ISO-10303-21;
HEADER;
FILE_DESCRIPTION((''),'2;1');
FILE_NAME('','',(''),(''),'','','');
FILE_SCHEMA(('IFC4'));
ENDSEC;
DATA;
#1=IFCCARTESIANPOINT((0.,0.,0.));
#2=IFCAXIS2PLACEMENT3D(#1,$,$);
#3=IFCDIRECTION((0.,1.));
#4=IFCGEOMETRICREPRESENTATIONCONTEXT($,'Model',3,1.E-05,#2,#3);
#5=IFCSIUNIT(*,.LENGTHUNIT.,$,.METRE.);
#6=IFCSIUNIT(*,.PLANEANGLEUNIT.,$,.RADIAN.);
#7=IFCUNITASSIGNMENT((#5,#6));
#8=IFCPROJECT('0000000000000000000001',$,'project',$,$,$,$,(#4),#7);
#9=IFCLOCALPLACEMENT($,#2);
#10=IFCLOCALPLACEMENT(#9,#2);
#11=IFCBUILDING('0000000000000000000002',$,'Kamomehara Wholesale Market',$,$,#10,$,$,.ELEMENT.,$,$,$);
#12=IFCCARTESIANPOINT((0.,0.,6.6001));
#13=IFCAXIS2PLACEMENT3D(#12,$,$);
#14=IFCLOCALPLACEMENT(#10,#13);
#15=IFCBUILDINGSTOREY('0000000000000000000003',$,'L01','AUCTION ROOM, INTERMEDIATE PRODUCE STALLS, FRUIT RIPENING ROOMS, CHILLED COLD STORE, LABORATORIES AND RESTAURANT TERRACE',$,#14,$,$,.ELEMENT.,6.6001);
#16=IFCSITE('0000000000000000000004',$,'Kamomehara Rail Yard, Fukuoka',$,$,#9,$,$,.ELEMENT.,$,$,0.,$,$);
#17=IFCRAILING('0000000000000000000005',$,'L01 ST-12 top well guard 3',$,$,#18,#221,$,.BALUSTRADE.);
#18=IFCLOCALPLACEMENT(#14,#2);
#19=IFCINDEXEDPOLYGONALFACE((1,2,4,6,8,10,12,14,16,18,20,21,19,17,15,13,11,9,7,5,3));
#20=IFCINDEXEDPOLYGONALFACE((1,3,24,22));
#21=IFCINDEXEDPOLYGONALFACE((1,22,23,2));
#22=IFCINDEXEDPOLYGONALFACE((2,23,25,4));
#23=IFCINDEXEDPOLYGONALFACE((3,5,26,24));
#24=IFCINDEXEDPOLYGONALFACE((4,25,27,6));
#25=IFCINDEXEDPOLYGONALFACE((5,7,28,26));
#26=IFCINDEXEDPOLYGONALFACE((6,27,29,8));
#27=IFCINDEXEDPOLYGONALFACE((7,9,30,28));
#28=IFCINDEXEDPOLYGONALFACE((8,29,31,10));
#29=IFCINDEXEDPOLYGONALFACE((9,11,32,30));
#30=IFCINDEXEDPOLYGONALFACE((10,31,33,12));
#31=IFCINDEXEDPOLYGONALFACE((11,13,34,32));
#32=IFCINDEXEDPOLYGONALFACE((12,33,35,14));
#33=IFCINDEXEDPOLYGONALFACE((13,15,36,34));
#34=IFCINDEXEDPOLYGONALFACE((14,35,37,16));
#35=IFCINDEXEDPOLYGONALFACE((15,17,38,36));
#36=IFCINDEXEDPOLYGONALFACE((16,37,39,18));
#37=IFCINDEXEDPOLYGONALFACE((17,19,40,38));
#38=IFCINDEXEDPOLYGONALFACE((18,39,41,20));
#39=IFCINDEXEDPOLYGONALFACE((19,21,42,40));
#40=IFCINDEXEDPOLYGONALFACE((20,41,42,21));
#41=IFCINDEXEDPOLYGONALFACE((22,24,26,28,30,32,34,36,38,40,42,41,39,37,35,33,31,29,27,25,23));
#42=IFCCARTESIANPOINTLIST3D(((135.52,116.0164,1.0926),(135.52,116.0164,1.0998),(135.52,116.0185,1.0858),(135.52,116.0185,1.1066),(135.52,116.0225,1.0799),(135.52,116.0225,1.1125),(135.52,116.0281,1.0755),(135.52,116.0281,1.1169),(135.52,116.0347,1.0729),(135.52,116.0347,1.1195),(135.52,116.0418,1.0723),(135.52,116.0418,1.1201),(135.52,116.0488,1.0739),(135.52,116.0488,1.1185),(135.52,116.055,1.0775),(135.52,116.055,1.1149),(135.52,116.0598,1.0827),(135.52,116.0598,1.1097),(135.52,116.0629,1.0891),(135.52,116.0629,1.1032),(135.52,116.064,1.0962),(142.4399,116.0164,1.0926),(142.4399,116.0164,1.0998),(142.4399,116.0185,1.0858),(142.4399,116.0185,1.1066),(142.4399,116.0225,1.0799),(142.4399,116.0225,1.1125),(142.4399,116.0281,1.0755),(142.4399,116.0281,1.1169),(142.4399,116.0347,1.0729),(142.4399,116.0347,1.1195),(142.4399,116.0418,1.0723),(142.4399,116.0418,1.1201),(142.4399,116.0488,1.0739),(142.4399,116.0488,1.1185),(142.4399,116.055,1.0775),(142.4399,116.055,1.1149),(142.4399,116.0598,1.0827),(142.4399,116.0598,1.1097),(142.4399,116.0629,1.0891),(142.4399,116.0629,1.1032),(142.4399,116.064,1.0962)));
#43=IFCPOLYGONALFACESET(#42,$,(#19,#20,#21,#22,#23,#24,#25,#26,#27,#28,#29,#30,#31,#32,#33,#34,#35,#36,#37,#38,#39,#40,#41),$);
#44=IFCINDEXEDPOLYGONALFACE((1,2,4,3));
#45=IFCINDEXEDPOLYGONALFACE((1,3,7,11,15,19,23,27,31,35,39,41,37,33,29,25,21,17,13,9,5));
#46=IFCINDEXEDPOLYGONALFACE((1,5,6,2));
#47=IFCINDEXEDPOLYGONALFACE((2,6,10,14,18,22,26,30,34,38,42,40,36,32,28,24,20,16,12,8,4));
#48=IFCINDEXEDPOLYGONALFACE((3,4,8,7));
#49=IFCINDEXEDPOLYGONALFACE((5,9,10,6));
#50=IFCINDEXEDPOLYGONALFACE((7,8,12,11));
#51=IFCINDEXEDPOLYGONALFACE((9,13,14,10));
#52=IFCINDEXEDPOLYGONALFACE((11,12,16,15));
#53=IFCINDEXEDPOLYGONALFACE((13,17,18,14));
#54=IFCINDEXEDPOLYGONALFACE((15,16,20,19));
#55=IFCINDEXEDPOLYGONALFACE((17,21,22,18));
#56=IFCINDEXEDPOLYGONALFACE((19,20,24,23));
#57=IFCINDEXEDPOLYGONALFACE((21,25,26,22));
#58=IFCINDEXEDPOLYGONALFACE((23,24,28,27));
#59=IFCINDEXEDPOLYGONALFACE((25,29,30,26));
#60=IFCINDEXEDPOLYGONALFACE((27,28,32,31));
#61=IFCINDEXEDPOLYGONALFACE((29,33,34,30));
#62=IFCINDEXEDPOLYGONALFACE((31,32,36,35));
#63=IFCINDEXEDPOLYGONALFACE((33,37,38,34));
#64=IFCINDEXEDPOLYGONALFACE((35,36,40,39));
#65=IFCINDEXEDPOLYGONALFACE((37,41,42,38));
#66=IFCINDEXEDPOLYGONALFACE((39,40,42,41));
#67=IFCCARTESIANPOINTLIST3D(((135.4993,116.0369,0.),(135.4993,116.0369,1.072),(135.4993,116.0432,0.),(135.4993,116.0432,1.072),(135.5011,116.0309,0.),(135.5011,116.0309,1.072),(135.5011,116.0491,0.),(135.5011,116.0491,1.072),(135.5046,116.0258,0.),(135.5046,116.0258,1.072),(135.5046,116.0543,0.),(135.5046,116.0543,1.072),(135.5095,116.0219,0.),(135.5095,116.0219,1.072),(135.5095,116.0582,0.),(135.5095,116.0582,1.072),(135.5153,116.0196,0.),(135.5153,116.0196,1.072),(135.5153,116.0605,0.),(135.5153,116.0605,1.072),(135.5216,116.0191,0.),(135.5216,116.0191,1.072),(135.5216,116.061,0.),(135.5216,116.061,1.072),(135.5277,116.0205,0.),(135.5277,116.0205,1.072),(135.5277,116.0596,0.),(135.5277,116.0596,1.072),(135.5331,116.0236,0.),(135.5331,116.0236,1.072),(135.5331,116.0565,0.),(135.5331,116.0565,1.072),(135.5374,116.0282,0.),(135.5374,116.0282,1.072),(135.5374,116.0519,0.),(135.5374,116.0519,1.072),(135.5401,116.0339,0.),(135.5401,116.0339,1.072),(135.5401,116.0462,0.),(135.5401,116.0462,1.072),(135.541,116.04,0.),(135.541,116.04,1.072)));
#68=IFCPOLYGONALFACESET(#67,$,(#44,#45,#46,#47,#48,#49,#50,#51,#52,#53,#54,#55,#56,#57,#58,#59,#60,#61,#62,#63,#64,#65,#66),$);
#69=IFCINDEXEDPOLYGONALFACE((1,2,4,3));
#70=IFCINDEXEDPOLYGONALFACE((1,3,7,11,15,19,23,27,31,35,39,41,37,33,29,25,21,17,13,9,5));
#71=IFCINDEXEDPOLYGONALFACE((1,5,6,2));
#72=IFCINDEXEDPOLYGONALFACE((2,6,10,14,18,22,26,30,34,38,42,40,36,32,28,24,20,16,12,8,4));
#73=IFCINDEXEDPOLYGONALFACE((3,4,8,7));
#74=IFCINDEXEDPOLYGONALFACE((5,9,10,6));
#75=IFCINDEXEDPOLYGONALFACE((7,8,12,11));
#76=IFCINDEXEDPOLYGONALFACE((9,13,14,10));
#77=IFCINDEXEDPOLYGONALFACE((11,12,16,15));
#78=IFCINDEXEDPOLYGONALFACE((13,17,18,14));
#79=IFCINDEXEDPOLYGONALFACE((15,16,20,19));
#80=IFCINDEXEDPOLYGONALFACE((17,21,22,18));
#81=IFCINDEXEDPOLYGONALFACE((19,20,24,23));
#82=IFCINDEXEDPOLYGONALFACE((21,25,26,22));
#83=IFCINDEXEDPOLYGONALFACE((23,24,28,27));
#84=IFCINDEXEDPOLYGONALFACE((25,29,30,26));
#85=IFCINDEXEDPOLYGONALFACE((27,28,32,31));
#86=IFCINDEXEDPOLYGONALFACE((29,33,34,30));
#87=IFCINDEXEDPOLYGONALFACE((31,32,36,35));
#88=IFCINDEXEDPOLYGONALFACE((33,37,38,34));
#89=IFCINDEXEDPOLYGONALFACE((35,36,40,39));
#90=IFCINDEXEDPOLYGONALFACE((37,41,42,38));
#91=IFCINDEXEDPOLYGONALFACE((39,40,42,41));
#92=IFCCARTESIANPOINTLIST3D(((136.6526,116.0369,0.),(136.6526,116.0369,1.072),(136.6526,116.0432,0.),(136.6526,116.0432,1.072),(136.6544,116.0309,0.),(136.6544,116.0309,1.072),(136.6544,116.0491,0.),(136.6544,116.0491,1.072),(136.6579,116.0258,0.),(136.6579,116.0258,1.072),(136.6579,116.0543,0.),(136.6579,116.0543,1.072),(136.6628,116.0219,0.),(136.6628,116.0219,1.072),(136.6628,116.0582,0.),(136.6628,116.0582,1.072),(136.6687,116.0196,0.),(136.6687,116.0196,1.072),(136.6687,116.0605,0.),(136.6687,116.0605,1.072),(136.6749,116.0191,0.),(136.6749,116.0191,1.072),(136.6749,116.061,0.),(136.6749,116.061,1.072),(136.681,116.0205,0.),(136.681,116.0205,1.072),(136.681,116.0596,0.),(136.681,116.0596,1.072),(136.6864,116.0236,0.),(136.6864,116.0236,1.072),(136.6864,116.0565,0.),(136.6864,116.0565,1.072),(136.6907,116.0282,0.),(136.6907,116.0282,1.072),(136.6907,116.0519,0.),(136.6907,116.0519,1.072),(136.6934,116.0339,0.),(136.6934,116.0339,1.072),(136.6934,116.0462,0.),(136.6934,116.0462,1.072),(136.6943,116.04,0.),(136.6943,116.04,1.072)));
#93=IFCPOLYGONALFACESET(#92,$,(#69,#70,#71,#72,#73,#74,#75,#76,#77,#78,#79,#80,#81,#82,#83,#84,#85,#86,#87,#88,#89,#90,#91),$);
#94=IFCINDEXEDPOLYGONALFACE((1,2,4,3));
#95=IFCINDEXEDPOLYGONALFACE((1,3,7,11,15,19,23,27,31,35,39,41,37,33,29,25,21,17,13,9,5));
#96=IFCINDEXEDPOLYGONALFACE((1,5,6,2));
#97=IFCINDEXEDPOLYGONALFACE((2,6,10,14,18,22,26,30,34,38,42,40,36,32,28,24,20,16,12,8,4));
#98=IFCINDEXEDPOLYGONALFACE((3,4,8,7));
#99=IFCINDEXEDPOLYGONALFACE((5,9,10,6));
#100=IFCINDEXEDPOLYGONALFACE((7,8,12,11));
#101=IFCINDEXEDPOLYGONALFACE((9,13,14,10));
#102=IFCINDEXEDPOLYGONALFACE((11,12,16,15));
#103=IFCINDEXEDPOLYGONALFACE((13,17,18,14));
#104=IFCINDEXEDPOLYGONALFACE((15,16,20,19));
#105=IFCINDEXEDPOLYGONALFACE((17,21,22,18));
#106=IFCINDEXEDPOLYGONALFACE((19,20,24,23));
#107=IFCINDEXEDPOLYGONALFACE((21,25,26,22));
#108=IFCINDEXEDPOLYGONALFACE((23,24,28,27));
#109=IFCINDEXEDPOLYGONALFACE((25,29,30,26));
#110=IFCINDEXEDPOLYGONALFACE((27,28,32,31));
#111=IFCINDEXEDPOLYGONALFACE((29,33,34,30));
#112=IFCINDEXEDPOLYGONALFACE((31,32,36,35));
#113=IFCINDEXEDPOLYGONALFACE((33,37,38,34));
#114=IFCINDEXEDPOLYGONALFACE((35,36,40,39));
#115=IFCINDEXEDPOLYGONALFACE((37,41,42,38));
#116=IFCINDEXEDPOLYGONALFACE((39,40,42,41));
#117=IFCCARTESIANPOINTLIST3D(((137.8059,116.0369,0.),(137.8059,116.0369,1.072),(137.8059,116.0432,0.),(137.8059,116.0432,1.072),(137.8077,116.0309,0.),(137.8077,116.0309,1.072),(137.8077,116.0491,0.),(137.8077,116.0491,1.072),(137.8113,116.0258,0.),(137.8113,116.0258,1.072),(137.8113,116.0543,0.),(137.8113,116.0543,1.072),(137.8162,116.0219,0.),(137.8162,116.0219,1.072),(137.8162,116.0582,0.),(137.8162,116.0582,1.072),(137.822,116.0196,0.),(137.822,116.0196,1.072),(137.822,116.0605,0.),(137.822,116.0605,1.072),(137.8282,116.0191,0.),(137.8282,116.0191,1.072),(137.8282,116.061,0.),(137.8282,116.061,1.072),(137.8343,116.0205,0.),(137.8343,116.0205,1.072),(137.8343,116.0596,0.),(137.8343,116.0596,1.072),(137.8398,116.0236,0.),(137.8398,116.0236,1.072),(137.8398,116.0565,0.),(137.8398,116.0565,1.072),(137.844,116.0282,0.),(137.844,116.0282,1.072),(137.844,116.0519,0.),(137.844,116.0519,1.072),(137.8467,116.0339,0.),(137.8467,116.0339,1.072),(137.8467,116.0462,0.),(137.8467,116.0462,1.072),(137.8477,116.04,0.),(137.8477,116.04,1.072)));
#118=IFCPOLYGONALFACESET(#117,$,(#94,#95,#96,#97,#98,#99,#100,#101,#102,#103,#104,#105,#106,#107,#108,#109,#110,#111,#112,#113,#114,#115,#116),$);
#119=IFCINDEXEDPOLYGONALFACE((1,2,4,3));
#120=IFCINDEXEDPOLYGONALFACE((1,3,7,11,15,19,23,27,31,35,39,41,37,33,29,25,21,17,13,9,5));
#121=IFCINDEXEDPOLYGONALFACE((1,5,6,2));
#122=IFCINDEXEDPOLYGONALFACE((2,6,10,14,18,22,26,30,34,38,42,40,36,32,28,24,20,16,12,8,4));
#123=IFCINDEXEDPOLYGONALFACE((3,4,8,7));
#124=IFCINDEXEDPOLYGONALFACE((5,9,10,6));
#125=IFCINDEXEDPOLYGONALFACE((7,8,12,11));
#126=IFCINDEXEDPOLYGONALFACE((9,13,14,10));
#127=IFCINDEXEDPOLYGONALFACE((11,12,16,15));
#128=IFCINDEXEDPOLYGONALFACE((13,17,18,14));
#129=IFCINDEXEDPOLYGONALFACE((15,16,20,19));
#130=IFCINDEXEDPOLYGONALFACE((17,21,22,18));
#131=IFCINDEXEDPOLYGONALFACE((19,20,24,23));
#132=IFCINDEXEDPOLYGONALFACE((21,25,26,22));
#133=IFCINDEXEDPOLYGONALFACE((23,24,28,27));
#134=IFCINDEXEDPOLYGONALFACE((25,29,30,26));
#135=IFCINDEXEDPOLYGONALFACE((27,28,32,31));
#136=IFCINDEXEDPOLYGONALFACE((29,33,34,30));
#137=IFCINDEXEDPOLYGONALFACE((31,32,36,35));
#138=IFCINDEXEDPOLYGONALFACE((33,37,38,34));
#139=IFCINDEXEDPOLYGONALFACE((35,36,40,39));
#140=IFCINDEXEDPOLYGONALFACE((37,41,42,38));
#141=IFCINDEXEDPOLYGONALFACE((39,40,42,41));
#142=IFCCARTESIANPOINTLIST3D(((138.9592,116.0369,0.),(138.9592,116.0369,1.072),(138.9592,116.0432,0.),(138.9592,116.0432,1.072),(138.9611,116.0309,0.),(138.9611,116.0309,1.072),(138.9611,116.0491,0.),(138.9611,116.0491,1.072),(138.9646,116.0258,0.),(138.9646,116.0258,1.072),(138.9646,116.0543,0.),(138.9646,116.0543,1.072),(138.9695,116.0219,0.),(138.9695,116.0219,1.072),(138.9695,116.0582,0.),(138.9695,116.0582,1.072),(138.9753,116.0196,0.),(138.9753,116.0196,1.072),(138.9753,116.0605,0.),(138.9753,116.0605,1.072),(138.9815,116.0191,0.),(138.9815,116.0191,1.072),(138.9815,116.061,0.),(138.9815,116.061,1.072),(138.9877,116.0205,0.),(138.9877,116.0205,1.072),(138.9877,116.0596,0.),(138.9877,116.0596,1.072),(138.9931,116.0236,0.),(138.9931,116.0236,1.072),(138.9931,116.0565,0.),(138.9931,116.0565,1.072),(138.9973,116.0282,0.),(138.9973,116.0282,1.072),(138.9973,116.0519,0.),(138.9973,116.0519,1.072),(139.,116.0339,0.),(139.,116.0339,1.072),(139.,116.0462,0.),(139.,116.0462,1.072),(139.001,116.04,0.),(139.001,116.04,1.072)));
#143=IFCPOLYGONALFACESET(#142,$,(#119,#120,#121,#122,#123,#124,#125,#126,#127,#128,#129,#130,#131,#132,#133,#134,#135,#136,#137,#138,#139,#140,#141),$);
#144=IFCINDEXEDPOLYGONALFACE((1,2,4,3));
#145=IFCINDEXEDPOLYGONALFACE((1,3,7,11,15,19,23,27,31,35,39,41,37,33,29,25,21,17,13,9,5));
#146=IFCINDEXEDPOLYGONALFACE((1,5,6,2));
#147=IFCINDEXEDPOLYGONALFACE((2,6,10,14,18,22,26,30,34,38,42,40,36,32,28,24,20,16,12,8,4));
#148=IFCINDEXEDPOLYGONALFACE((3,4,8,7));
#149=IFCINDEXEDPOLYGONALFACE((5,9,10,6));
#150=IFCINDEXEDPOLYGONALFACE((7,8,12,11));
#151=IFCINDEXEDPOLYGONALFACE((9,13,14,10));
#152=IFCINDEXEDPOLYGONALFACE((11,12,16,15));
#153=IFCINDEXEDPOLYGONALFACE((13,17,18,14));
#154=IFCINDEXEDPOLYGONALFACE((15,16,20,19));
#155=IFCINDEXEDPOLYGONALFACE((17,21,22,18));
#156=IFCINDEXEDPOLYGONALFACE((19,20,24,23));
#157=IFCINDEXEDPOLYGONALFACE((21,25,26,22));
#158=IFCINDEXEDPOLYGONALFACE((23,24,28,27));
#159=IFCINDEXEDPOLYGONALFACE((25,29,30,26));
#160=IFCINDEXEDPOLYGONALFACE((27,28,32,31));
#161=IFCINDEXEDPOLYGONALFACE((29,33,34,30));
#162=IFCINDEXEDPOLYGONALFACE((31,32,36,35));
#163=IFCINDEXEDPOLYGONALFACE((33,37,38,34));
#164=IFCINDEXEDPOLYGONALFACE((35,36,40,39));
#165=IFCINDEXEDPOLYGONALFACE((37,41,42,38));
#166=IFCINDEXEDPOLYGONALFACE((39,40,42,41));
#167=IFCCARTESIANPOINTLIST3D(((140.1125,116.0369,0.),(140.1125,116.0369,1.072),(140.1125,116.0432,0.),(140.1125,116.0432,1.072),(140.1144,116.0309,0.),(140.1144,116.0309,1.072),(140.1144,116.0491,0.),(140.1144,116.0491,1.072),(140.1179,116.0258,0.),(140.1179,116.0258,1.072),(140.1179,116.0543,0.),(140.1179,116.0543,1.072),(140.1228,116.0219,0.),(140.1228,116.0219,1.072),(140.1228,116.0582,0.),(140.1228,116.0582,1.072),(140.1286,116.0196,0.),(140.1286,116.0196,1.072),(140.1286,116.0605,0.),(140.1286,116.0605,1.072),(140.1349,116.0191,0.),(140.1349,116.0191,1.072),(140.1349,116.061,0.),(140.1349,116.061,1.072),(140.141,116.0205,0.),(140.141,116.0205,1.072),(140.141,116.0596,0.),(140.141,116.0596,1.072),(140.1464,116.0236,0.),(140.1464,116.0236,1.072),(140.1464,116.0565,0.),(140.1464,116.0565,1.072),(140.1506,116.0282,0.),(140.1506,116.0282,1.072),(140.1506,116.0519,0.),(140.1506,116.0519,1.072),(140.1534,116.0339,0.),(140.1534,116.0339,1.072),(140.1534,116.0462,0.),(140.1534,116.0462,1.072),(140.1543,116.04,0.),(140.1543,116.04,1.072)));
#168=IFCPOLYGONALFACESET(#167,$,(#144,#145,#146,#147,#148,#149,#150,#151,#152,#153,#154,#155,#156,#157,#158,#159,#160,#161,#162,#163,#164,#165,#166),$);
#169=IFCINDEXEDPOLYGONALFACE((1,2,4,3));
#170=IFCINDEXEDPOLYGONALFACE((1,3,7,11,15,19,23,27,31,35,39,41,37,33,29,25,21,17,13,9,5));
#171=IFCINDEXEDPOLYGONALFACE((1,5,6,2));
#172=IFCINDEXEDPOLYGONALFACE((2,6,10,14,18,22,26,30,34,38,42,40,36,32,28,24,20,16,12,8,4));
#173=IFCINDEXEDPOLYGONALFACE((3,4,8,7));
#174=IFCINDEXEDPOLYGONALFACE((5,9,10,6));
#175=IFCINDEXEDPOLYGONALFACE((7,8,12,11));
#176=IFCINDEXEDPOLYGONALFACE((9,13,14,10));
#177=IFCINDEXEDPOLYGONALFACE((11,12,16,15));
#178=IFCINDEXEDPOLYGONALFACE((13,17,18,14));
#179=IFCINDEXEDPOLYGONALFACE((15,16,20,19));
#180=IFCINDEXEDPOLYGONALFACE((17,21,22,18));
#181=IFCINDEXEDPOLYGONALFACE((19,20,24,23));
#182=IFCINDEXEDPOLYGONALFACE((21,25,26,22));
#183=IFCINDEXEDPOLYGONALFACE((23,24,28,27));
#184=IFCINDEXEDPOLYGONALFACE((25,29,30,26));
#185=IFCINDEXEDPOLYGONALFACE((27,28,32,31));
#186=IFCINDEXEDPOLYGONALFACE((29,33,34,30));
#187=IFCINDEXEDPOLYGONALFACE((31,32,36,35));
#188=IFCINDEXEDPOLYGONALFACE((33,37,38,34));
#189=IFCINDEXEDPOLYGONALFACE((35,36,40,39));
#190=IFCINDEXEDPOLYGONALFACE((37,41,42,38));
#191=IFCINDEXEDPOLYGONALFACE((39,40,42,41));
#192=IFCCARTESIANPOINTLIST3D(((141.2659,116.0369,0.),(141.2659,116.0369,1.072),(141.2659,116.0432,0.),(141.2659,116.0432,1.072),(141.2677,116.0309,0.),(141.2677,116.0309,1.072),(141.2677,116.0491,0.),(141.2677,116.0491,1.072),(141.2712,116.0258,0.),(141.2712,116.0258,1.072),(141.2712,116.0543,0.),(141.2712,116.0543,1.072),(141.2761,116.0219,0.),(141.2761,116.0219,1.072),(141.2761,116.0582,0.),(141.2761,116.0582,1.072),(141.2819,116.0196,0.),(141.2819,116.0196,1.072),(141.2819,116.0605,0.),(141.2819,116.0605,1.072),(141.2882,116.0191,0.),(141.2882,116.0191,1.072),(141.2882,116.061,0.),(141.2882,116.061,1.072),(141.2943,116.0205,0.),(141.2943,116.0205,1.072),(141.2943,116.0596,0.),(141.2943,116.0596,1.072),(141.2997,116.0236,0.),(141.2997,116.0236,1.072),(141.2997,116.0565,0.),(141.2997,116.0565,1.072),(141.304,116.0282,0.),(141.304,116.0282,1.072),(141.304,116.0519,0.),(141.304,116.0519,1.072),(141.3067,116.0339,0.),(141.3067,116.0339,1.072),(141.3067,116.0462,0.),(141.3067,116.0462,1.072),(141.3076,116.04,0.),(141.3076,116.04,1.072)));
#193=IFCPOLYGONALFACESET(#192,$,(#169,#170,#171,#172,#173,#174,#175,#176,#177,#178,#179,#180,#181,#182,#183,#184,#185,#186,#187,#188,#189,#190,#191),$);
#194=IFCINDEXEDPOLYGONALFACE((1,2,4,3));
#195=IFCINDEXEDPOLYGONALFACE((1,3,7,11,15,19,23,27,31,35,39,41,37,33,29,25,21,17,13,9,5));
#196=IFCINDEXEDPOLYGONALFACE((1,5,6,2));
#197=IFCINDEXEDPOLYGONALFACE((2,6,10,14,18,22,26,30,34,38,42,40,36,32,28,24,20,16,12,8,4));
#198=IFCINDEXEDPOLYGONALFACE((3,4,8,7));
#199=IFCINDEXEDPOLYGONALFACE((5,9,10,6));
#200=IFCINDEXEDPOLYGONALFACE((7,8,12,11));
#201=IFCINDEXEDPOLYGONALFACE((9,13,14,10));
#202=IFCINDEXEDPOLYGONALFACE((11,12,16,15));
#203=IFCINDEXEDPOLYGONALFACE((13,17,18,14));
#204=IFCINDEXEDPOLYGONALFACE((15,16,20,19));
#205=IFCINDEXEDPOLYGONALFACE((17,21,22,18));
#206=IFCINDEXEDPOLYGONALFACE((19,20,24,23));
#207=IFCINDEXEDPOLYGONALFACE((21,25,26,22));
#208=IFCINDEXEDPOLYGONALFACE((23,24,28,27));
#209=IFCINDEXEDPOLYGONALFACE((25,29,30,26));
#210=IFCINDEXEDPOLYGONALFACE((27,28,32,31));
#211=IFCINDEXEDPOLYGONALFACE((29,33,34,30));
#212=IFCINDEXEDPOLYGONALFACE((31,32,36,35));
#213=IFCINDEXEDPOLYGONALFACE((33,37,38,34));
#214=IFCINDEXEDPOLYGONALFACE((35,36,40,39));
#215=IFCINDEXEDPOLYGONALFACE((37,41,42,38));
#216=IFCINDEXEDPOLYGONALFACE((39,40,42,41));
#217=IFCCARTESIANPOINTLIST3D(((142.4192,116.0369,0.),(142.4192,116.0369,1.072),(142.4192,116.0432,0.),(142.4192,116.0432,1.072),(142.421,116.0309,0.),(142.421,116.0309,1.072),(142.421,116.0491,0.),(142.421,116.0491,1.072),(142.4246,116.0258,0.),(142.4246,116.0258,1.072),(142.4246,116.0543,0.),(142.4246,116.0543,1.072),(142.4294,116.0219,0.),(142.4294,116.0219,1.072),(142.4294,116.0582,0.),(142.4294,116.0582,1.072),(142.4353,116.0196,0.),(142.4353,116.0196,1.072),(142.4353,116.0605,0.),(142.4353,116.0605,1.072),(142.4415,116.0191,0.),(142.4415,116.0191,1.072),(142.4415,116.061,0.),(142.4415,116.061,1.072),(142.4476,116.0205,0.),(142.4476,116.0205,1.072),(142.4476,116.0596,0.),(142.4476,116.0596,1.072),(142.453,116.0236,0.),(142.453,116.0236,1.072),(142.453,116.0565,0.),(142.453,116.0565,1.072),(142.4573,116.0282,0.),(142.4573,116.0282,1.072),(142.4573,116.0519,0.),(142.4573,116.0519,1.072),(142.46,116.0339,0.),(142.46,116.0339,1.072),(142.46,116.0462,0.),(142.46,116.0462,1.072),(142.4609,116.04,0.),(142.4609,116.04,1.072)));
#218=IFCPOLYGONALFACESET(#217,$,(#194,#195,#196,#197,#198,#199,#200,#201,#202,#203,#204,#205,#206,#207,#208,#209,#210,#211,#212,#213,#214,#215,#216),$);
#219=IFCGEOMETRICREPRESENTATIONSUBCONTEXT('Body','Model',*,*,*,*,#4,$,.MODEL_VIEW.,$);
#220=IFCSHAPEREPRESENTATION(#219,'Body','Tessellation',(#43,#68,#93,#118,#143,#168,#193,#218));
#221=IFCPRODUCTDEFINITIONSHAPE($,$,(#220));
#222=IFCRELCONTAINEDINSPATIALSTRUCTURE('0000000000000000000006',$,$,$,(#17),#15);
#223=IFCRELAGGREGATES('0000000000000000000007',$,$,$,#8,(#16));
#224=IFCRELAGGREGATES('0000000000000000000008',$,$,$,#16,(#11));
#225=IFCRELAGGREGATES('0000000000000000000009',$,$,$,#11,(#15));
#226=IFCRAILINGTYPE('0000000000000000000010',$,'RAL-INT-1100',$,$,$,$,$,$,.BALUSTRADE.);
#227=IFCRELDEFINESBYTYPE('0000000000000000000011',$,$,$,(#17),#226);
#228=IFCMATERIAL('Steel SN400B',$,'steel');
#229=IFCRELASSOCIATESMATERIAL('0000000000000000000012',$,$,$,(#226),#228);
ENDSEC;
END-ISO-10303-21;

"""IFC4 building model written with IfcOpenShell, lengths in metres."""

from ifc_helpers import new_model, si_unit, direction, frame, origin, origin_2d, place, context, subcontext, project, spatial, circle, extrude, material, type_object, element, save


model = new_model("IFC4")

# Units and contexts
model_context = context("Model", 3, precision=1e-05, world=origin(), true_north=direction((0.0, 1.0)))
body_context = subcontext(model_context, "Body", "Model", "MODEL_VIEW")
ifc_project = project(units=[si_unit("LENGTHUNIT", "METRE"), si_unit("PLANEANGLEUNIT", "RADIAN")], contexts=[model_context])

# Site, building, storey
site_placement = place(None, origin())
site = spatial("IfcSite", under=ifc_project, at=site_placement, Name="Kamomehara Rail Yard, Fukuoka", CompositionType="ELEMENT", RefElevation=0.0)
building_placement = place(site_placement, origin())
building = spatial("IfcBuilding", under=site, at=building_placement, Name="Kamomehara Wholesale Market", CompositionType="ELEMENT")
storey_placement = place(building_placement, frame((0.0, 0.0, 6.6001)))
storey = spatial("IfcBuildingStorey", under=building, at=storey_placement, Name="L01", Description="AUCTION ROOM, INTERMEDIATE PRODUCE STALLS, FRUIT RIPENING ROOMS, CHILLED COLD STORE, LABORATORIES AND RESTAURANT TERRACE", CompositionType="ELEMENT", Elevation=6.6001)

# Railing
ifc_material_1 = material(Name="Steel SN400B", Category="steel")
railing_type = type_object("IfcRailingType", Name="RAL-INT-1100", PredefinedType="BALUSTRADE", material=ifc_material_1)
railing_1_placement = place(storey_placement, frame((135.52, 116.04, 0.0)))
element("IfcRailing", 1, at=railing_1_placement, inside=storey, type_object=railing_type, Name="L01 ST-12 top well guard 3", PredefinedType="BALUSTRADE", context=body_context, shape_type="SweptSolid", body=[
    extrude(circle(Radius=0.0239, at=origin_2d()), frame((0.0, 0.0, 1.0962), z_axis=(1.0, 0.0, 0.0), x_axis=(0.0, 1.0, 0.0)), (0.0, 0.0, 1.0), 6.9199),
    extrude(circle(Radius=0.021, at=origin_2d()), origin(), (0.0, 0.0, 1.0), 1.072),
    extrude(circle(Radius=0.021, at=origin_2d()), frame((1.1533, 0.0, 0.0)), (0.0, 0.0, 1.0), 1.072),
    extrude(circle(Radius=0.021, at=origin_2d()), frame((2.3066, 0.0, 0.0)), (0.0, 0.0, 1.0), 1.072),
    extrude(circle(Radius=0.021, at=origin_2d()), frame((3.46, 0.0, 0.0)), (0.0, 0.0, 1.0), 1.072),
    extrude(circle(Radius=0.021, at=origin_2d()), frame((4.6133, 0.0, 0.0)), (0.0, 0.0, 1.0), 1.072),
    extrude(circle(Radius=0.021, at=origin_2d()), frame((5.7666, 0.0, 0.0)), (0.0, 0.0, 1.0), 1.072),
    extrude(circle(Radius=0.021, at=origin_2d()), frame((6.9199, 0.0, 0.0)), (0.0, 0.0, 1.0), 1.072),
])

save(model, "model.ifc")
